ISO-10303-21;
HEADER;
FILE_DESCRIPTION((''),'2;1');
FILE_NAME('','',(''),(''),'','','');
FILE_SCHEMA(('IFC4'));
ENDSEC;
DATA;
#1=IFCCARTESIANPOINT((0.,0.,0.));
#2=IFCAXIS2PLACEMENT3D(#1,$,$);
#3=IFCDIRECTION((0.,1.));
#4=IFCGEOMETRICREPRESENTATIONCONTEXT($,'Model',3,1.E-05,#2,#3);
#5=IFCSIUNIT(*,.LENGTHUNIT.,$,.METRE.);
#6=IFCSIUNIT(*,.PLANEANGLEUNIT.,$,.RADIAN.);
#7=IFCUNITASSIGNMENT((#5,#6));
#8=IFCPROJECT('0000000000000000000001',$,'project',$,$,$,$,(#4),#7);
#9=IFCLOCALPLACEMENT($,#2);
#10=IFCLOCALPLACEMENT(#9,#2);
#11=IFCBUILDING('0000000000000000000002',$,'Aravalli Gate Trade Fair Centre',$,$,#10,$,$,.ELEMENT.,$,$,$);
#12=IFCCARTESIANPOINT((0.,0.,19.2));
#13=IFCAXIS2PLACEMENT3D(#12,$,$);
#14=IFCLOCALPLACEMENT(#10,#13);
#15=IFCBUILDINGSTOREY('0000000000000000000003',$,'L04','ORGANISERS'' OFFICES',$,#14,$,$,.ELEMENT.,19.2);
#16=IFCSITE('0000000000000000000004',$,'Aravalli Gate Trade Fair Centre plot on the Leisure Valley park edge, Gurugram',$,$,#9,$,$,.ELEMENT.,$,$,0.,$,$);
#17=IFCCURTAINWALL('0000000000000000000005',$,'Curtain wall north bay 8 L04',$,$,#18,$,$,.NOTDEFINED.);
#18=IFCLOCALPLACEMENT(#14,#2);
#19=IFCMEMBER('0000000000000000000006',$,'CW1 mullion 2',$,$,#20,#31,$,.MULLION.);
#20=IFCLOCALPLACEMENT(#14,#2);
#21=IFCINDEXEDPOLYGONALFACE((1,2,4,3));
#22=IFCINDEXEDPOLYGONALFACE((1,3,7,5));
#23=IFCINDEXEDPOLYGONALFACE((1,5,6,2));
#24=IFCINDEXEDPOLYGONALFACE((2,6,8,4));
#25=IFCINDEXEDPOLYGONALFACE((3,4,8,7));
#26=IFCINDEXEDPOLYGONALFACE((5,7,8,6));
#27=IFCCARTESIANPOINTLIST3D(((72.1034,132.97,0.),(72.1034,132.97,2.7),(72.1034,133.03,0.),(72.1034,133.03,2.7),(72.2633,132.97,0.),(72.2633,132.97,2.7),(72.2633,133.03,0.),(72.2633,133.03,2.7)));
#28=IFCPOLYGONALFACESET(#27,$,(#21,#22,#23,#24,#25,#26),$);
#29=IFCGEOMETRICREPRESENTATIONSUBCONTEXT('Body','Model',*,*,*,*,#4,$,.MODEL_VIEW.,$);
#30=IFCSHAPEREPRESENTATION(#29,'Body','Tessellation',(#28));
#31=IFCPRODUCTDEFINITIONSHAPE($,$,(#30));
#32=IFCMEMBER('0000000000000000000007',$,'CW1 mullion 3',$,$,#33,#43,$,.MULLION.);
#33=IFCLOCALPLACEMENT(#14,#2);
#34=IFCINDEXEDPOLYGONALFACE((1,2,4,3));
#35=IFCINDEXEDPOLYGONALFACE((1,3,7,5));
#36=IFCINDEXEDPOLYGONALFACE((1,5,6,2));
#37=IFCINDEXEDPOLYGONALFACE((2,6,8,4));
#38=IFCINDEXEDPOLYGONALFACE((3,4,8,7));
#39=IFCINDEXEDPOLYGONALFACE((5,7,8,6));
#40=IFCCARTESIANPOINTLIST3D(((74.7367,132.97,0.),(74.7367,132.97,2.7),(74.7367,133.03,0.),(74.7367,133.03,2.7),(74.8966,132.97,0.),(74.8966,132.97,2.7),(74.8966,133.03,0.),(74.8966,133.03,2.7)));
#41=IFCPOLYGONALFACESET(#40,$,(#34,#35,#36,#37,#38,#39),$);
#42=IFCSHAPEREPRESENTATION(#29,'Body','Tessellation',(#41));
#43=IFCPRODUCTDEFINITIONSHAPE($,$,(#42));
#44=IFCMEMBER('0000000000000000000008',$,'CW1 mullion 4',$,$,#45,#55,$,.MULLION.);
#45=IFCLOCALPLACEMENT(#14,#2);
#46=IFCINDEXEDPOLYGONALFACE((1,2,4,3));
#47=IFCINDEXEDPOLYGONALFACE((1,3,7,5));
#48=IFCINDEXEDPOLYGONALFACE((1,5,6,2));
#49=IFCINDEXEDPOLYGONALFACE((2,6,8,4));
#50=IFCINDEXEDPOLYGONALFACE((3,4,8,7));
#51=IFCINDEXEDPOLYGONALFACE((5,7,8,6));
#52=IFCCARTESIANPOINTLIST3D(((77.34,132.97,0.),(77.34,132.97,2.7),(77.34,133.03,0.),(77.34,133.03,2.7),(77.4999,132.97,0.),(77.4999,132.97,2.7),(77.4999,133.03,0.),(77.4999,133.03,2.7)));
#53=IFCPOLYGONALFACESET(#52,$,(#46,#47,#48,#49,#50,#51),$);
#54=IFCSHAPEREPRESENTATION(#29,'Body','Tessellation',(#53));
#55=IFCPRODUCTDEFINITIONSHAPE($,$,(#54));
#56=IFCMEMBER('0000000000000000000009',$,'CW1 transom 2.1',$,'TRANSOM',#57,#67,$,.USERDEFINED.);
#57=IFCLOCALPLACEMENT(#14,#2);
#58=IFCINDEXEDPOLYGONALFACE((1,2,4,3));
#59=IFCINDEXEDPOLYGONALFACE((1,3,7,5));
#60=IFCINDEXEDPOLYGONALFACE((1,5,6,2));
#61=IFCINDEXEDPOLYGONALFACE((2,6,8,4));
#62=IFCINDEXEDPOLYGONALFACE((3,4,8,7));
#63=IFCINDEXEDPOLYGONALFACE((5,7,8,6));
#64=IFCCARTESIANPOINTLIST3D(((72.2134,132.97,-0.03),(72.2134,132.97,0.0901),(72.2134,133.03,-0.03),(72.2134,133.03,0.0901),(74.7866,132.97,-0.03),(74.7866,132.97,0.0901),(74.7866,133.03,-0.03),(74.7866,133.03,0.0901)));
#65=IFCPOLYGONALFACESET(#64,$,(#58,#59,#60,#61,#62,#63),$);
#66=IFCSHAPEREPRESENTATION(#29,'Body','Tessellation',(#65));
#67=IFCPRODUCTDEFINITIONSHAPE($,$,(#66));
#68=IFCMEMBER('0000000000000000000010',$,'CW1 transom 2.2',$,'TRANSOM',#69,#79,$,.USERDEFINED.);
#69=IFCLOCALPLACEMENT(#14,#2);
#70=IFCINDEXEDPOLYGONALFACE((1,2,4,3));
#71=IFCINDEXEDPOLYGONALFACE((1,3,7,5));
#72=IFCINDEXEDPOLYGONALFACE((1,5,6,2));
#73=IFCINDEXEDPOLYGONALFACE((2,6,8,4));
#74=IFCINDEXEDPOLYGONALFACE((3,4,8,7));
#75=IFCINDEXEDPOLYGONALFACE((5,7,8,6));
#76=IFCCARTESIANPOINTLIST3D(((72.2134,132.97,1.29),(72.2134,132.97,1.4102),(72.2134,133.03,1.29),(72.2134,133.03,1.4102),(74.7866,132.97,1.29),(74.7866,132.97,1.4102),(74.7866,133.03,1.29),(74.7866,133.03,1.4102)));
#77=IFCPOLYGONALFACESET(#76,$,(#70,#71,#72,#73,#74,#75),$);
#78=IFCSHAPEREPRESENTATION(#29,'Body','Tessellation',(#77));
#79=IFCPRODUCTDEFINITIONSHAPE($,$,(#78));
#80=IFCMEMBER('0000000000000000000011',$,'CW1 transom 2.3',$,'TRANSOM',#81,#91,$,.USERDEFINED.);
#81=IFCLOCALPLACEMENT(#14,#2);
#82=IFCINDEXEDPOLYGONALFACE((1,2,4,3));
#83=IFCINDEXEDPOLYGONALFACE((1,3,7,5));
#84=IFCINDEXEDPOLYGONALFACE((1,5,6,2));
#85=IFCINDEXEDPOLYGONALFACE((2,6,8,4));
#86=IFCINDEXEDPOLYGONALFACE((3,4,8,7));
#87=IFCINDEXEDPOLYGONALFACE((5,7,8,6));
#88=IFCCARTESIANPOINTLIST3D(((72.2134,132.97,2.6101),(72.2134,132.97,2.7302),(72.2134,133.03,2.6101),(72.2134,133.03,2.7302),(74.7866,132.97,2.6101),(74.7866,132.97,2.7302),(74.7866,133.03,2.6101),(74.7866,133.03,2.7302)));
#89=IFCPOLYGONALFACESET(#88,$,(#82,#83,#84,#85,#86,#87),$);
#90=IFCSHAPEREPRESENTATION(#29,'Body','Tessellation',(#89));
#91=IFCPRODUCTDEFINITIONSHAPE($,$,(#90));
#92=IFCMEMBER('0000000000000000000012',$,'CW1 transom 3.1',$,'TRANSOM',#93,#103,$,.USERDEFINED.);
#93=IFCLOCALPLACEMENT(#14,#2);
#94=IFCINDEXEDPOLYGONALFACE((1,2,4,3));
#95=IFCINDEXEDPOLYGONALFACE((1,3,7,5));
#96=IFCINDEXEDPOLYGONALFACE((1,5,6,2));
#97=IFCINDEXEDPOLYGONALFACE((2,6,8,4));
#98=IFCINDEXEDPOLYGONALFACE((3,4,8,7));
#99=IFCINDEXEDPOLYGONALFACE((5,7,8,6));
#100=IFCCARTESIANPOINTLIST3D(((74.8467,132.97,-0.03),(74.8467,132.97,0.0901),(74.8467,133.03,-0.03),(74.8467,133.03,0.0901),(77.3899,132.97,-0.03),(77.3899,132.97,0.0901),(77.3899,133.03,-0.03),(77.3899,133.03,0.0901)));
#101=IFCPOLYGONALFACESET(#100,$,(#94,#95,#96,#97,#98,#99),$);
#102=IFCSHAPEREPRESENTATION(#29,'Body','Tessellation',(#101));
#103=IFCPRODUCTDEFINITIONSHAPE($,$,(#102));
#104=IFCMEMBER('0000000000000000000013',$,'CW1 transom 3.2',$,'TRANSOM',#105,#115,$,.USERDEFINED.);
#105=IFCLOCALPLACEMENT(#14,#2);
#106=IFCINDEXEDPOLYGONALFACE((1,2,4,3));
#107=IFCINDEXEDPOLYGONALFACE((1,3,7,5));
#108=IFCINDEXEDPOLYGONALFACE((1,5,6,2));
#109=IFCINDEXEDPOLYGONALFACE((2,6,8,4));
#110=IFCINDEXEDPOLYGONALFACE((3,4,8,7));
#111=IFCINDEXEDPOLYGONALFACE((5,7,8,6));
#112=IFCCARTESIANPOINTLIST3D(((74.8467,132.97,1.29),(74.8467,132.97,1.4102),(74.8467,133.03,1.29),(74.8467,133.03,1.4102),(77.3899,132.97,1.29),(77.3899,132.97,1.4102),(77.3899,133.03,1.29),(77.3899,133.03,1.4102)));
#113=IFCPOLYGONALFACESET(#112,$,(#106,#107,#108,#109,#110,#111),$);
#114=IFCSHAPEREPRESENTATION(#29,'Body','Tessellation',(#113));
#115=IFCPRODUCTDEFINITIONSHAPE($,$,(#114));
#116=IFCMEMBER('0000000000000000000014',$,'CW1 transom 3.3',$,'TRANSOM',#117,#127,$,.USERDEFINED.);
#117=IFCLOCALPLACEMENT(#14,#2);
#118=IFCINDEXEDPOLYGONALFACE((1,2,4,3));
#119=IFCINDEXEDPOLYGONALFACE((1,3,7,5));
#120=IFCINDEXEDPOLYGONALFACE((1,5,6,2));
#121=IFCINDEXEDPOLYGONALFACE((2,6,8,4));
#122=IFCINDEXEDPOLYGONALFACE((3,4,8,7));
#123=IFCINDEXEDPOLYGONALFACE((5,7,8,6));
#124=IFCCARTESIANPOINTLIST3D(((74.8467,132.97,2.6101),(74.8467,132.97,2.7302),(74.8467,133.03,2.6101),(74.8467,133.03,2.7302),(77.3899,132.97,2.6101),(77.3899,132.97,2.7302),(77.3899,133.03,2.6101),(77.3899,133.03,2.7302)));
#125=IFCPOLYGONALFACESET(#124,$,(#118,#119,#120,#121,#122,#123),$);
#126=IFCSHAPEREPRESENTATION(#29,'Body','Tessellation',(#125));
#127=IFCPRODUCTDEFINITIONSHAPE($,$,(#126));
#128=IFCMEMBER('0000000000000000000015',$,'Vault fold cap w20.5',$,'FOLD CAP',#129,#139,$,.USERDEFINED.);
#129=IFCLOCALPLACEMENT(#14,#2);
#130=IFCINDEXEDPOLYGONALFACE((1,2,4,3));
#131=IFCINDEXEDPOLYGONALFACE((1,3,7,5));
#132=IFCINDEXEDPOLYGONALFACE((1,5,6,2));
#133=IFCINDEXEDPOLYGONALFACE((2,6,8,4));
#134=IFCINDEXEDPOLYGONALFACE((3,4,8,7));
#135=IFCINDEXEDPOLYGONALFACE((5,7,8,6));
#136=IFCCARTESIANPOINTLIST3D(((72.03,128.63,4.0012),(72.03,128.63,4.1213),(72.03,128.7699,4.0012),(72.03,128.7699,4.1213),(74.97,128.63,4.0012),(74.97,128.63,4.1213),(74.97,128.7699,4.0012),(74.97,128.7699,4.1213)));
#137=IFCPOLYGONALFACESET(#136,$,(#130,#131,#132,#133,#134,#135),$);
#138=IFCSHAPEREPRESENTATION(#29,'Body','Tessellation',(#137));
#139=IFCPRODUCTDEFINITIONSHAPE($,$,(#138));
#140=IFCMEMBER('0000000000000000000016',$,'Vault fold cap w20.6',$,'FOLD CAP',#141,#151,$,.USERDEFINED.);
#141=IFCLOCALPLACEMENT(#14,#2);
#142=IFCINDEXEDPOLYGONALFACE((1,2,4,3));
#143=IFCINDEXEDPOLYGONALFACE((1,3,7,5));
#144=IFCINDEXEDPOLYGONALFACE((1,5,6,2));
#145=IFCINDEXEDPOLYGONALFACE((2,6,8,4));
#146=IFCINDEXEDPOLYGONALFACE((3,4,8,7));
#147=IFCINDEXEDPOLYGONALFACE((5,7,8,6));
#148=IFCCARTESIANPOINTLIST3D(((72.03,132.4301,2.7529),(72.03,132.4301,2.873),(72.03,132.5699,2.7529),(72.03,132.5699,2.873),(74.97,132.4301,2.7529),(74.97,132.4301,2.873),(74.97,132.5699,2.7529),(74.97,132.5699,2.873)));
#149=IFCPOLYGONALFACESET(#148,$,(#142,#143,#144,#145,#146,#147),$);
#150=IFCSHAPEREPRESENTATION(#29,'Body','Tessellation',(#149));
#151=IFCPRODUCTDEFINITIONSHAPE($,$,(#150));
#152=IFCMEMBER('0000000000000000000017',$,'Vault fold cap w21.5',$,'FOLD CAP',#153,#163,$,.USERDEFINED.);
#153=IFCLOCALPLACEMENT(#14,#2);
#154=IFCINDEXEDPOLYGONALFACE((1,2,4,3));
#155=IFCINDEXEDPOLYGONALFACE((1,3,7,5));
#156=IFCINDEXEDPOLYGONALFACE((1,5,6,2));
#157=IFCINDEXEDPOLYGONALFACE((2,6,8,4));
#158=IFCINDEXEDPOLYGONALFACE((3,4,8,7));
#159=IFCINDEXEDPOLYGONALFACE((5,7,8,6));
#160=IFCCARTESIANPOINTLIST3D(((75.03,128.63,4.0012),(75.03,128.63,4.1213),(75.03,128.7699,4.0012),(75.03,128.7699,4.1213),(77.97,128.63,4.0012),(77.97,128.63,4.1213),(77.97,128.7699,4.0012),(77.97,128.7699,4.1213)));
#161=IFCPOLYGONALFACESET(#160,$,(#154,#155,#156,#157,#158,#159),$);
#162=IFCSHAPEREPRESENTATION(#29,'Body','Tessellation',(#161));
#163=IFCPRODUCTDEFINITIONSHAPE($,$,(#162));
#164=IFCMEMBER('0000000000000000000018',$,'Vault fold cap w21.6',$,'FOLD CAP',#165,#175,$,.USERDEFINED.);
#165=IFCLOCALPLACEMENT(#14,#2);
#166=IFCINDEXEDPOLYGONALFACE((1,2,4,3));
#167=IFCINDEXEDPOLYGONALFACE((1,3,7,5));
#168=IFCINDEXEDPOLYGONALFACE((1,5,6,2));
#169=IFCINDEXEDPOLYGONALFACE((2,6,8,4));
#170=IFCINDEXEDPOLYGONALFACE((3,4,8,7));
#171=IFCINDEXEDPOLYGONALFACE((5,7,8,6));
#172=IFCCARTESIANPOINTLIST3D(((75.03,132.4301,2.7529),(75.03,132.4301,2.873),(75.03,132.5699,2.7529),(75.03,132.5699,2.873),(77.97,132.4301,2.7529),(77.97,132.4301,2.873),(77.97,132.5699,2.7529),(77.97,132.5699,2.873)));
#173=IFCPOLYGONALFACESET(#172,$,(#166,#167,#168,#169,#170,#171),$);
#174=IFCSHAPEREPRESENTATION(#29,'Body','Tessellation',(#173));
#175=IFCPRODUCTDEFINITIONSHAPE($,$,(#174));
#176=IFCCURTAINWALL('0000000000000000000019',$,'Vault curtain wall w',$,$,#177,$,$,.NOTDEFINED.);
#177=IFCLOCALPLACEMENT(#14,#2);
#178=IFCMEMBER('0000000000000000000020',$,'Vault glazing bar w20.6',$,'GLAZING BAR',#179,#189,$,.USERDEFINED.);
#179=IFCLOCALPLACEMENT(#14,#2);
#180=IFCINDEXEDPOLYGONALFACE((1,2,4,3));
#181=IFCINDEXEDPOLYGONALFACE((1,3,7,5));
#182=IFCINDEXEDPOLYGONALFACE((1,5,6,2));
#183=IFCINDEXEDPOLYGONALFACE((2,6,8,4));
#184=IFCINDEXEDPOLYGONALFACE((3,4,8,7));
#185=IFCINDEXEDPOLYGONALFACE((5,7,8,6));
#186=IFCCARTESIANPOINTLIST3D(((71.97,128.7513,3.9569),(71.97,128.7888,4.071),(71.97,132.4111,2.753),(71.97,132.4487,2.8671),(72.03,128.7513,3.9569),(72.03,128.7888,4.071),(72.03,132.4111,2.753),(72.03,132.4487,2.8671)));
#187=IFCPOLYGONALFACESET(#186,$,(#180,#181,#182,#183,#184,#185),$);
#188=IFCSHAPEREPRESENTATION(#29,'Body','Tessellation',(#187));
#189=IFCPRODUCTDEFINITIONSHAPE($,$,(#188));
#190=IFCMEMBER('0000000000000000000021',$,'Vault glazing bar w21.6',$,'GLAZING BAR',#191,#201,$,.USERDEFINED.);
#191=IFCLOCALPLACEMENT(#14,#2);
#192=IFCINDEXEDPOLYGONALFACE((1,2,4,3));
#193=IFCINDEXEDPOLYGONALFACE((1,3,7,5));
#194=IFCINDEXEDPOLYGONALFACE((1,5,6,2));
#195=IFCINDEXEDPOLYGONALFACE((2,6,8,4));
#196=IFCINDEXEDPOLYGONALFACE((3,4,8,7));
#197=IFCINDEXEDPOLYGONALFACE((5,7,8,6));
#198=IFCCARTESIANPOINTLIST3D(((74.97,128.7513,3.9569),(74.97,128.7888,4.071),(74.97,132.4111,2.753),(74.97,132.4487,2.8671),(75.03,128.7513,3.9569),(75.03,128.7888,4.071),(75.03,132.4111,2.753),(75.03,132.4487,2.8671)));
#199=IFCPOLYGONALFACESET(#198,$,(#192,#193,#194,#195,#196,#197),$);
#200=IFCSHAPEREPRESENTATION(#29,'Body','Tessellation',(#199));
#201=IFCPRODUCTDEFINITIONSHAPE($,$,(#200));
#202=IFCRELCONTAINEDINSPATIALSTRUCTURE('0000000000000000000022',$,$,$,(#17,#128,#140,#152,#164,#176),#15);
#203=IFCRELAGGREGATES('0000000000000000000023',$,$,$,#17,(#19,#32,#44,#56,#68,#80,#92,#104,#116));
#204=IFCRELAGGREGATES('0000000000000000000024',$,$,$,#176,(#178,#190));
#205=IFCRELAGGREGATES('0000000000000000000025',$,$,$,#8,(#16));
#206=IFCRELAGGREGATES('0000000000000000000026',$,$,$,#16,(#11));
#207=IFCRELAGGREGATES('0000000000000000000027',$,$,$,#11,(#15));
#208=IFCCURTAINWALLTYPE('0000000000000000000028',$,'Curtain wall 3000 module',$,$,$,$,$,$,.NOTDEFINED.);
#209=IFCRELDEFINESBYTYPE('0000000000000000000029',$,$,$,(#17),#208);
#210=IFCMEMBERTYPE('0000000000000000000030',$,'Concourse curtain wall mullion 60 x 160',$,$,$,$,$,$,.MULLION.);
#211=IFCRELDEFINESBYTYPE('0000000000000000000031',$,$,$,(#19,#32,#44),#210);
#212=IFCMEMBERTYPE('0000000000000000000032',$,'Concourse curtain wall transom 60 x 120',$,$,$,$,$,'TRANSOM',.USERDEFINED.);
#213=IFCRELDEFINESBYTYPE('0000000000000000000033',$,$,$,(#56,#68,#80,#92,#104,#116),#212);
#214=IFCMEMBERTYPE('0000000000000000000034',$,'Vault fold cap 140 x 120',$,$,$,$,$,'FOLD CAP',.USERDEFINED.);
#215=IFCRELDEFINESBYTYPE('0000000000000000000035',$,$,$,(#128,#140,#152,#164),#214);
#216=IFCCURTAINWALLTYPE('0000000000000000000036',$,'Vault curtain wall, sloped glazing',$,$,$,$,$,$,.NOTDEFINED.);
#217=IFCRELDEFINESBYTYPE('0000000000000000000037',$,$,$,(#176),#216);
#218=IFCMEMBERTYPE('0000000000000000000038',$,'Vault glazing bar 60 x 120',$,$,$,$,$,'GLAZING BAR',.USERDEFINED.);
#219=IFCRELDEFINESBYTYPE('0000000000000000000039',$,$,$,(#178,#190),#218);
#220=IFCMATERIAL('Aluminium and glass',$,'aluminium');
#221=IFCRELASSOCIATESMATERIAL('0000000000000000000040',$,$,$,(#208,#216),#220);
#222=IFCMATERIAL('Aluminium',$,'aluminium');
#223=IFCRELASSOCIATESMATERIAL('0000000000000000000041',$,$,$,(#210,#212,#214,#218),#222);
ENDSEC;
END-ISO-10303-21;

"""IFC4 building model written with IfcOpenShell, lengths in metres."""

from ifc_helpers import new_model, si_unit, direction, frame, origin, origin_2d, place, context, subcontext, project, spatial, rectangle, extrude, material, material_profile, profile_set, type_object, element, aggregate, save


model = new_model("IFC4")

# Units and contexts
model_context = context("Model", 3, precision=1e-05, world=origin(), true_north=direction((0.0, 1.0)))
body_context = subcontext(model_context, "Body", "Model", "MODEL_VIEW")
ifc_project = project(units=[si_unit("LENGTHUNIT", "METRE"), si_unit("PLANEANGLEUNIT", "RADIAN")], contexts=[model_context])

# Site, building, storey
site_placement = place(None, origin())
site = spatial("IfcSite", under=ifc_project, at=site_placement, Name="Aravalli Gate Trade Fair Centre plot on the Leisure Valley park edge, Gurugram", CompositionType="ELEMENT", RefElevation=0.0)
building_placement = place(site_placement, origin())
building = spatial("IfcBuilding", under=site, at=building_placement, Name="Aravalli Gate Trade Fair Centre", CompositionType="ELEMENT")
storey_placement = place(building_placement, frame((0.0, 0.0, 19.2)))
storey = spatial("IfcBuildingStorey", under=building, at=storey_placement, Name="L04", Description="ORGANISERS' OFFICES", CompositionType="ELEMENT", Elevation=19.2)

# Curtain wall, members
ifc_material_1 = material(Name="Aluminium and glass", Category="aluminium")
curtain_wall_type_1 = type_object("IfcCurtainWallType", Name="Curtain wall 3000 module", PredefinedType="NOTDEFINED", material=ifc_material_1)
curtain_wall_1_placement = place(storey_placement, origin())
curtain_wall_1 = element("IfcCurtainWall", 1, at=curtain_wall_1_placement, inside=storey, type_object=curtain_wall_type_1, Name="Curtain wall north bay 8 L04", PredefinedType="NOTDEFINED")
ifc_material_2 = material(Name="Aluminium", Category="aluminium")
ifc_material_profile_1 = material_profile(ifc_material_2, rectangle(XDim=0.0601, YDim=0.1599, at=origin_2d()), Name="Concourse curtain wall mullion 60 x 160")
ifc_profile_set_1 = profile_set([ifc_material_profile_1], Name="Aluminium")
member_type_1 = type_object("IfcMemberType", Name="Concourse curtain wall mullion 60 x 160", PredefinedType="MULLION", material=ifc_profile_set_1)
member_1_placement = place(storey_placement, frame((72.1833, 133.0, 0.0), z_axis=(0.0, 0.0, 1.0), x_axis=(0.0, 1.0, 0.0)))
member_1 = element("IfcMember", 2, at=member_1_placement, type_object=member_type_1, Name="CW1 mullion 2", PredefinedType="MULLION", context=body_context, shape_type="SweptSolid", body=[
    extrude(rectangle(XDim=0.0601, YDim=0.1599, at=origin_2d()), origin(), (0.0, 0.0, 1.0), 2.7),
])
member_2_placement = place(storey_placement, frame((74.8167, 133.0, 0.0), z_axis=(0.0, 0.0, 1.0), x_axis=(0.0, 1.0, 0.0)))
member_2 = element("IfcMember", 3, at=member_2_placement, type_object=member_type_1, Name="CW1 mullion 3", PredefinedType="MULLION", context=body_context, shape_type="SweptSolid", body=[
    extrude(rectangle(XDim=0.0601, YDim=0.1599, at=origin_2d()), origin(), (0.0, 0.0, 1.0), 2.7),
])
member_3_placement = place(storey_placement, frame((77.4199, 133.0, 0.0), z_axis=(0.0, 0.0, 1.0), x_axis=(0.0, 1.0, 0.0)))
member_3 = element("IfcMember", 4, at=member_3_placement, type_object=member_type_1, Name="CW1 mullion 4", PredefinedType="MULLION", context=body_context, shape_type="SweptSolid", body=[
    extrude(rectangle(XDim=0.0601, YDim=0.1599, at=origin_2d()), origin(), (0.0, 0.0, 1.0), 2.7),
])
ifc_material_profile_2 = material_profile(ifc_material_2, rectangle(XDim=0.0601, YDim=0.1201, at=origin_2d()), Name="Concourse curtain wall transom 60 x 120")
ifc_profile_set_2 = profile_set([ifc_material_profile_2], Name="Aluminium")
member_type_2 = type_object("IfcMemberType", Name="Concourse curtain wall transom 60 x 120", ElementType="TRANSOM", PredefinedType="USERDEFINED", material=ifc_profile_set_2)
member_4_placement = place(storey_placement, frame((72.2134, 133.0, 0.03), z_axis=(1.0, 0.0, 0.0), x_axis=(0.0, 1.0, 0.0)))
member_4 = element("IfcMember", 5, at=member_4_placement, type_object=member_type_2, Name="CW1 transom 2.1", ObjectType="TRANSOM", PredefinedType="USERDEFINED", context=body_context, shape_type="SweptSolid", body=[
    extrude(rectangle(XDim=0.0601, YDim=0.1201, at=origin_2d()), origin(), (0.0, 0.0, 1.0), 2.5732),
])
member_5_placement = place(storey_placement, frame((72.2134, 133.0, 1.3501), z_axis=(1.0, 0.0, 0.0), x_axis=(0.0, 1.0, 0.0)))
member_5 = element("IfcMember", 6, at=member_5_placement, type_object=member_type_2, Name="CW1 transom 2.2", ObjectType="TRANSOM", PredefinedType="USERDEFINED", context=body_context, shape_type="SweptSolid", body=[
    extrude(rectangle(XDim=0.0601, YDim=0.1201, at=origin_2d()), origin(), (0.0, 0.0, 1.0), 2.5732),
])
member_6_placement = place(storey_placement, frame((72.2134, 133.0, 2.6702), z_axis=(1.0, 0.0, 0.0), x_axis=(0.0, 1.0, 0.0)))
member_6 = element("IfcMember", 7, at=member_6_placement, type_object=member_type_2, Name="CW1 transom 2.3", ObjectType="TRANSOM", PredefinedType="USERDEFINED", context=body_context, shape_type="SweptSolid", body=[
    extrude(rectangle(XDim=0.0601, YDim=0.1201, at=origin_2d()), origin(), (0.0, 0.0, 1.0), 2.5732),
])
member_7_placement = place(storey_placement, frame((74.8467, 133.0, 0.03), z_axis=(1.0, 0.0, 0.0), x_axis=(0.0, 1.0, 0.0)))
member_7 = element("IfcMember", 8, at=member_7_placement, type_object=member_type_2, Name="CW1 transom 3.1", ObjectType="TRANSOM", PredefinedType="USERDEFINED", context=body_context, shape_type="SweptSolid", body=[
    extrude(rectangle(XDim=0.0601, YDim=0.1201, at=origin_2d()), origin(), (0.0, 0.0, 1.0), 2.5432),
])
member_8_placement = place(storey_placement, frame((74.8467, 133.0, 1.3501), z_axis=(1.0, 0.0, 0.0), x_axis=(0.0, 1.0, 0.0)))
member_8 = element("IfcMember", 9, at=member_8_placement, type_object=member_type_2, Name="CW1 transom 3.2", ObjectType="TRANSOM", PredefinedType="USERDEFINED", context=body_context, shape_type="SweptSolid", body=[
    extrude(rectangle(XDim=0.0601, YDim=0.1201, at=origin_2d()), origin(), (0.0, 0.0, 1.0), 2.5432),
])
member_9_placement = place(storey_placement, frame((74.8467, 133.0, 2.6702), z_axis=(1.0, 0.0, 0.0), x_axis=(0.0, 1.0, 0.0)))
member_9 = element("IfcMember", 10, at=member_9_placement, type_object=member_type_2, Name="CW1 transom 3.3", ObjectType="TRANSOM", PredefinedType="USERDEFINED", context=body_context, shape_type="SweptSolid", body=[
    extrude(rectangle(XDim=0.0601, YDim=0.1201, at=origin_2d()), origin(), (0.0, 0.0, 1.0), 2.5432),
])

# Members
ifc_material_profile_3 = material_profile(ifc_material_2, rectangle(XDim=0.1399, YDim=0.1201, at=origin_2d()), Name="Vault fold cap 140 x 120")
ifc_profile_set_3 = profile_set([ifc_material_profile_3], Name="Aluminium")
member_type_3 = type_object("IfcMemberType", Name="Vault fold cap 140 x 120", ElementType="FOLD CAP", PredefinedType="USERDEFINED", material=ifc_profile_set_3)
for number, where, z_axis, x_axis, name in (
    (11, (72.03, 128.7, 4.0613), (1.0, 0.0, 0.0), (0.0, 1.0, 0.0), "Vault fold cap w20.5"),
    (12, (72.03, 132.5, 2.813), (1.0, 0.0, 0.0), (0.0, 1.0, 0.0), "Vault fold cap w20.6"),
    (13, (75.03, 128.7, 4.0613), (1.0, 0.0, 0.0), (0.0, 1.0, 0.0), "Vault fold cap w21.5"),
    (14, (75.03, 132.5, 2.813), (1.0, 0.0, 0.0), (0.0, 1.0, 0.0), "Vault fold cap w21.6"),
):
    element("IfcMember", number, at=place(storey_placement, frame(where, z_axis=z_axis, x_axis=x_axis)), inside=storey, type_object=member_type_3, Name=name, ObjectType="FOLD CAP", PredefinedType="USERDEFINED", context=body_context, shape_type="SweptSolid", body=[
        extrude(rectangle(XDim=0.1399, YDim=0.1201, at=origin_2d()), origin(), (0.0, 0.0, 1.0), 2.9399),
    ])

# Curtain wall, members
curtain_wall_type_2 = type_object("IfcCurtainWallType", Name="Vault curtain wall, sloped glazing", PredefinedType="NOTDEFINED", material=ifc_material_1)
curtain_wall_2_placement = place(storey_placement, origin())
curtain_wall_2 = element("IfcCurtainWall", 15, at=curtain_wall_2_placement, inside=storey, type_object=curtain_wall_type_2, Name="Vault curtain wall w", PredefinedType="NOTDEFINED")
ifc_material_profile_4 = material_profile(ifc_material_2, rectangle(XDim=0.0601, YDim=0.1201, at=origin_2d()), Name="Vault glazing bar 60 x 120")
ifc_profile_set_4 = profile_set([ifc_material_profile_4], Name="Aluminium")
member_type_4 = type_object("IfcMemberType", Name="Vault glazing bar 60 x 120", ElementType="GLAZING BAR", PredefinedType="USERDEFINED", material=ifc_profile_set_4)
member_10_placement = place(storey_placement, frame((72.0, 128.77, 4.0139), z_axis=(0.0, 0.94993, -0.312461), x_axis=(-1.0, 0.0, 0.0)))
member_10 = element("IfcMember", 16, at=member_10_placement, type_object=member_type_4, Name="Vault glazing bar w20.6", ObjectType="GLAZING BAR", PredefinedType="USERDEFINED", context=body_context, shape_type="SweptSolid", body=[
    extrude(rectangle(XDim=0.0601, YDim=0.1201, at=origin_2d()), origin(), (0.0, 0.0, 1.0), 3.8528),
])
member_11_placement = place(storey_placement, frame((75.0, 128.77, 4.0139), z_axis=(0.0, 0.94993, -0.312461), x_axis=(-1.0, 0.0, 0.0)))
member_11 = element("IfcMember", 17, at=member_11_placement, type_object=member_type_4, Name="Vault glazing bar w21.6", ObjectType="GLAZING BAR", PredefinedType="USERDEFINED", context=body_context, shape_type="SweptSolid", body=[
    extrude(rectangle(XDim=0.0601, YDim=0.1201, at=origin_2d()), origin(), (0.0, 0.0, 1.0), 3.8528),
])

aggregate(curtain_wall_1, [member_1, member_2, member_3, member_4, member_5, member_6, member_7, member_8, member_9])
aggregate(curtain_wall_2, [member_10, member_11])

save(model, "model.ifc")
